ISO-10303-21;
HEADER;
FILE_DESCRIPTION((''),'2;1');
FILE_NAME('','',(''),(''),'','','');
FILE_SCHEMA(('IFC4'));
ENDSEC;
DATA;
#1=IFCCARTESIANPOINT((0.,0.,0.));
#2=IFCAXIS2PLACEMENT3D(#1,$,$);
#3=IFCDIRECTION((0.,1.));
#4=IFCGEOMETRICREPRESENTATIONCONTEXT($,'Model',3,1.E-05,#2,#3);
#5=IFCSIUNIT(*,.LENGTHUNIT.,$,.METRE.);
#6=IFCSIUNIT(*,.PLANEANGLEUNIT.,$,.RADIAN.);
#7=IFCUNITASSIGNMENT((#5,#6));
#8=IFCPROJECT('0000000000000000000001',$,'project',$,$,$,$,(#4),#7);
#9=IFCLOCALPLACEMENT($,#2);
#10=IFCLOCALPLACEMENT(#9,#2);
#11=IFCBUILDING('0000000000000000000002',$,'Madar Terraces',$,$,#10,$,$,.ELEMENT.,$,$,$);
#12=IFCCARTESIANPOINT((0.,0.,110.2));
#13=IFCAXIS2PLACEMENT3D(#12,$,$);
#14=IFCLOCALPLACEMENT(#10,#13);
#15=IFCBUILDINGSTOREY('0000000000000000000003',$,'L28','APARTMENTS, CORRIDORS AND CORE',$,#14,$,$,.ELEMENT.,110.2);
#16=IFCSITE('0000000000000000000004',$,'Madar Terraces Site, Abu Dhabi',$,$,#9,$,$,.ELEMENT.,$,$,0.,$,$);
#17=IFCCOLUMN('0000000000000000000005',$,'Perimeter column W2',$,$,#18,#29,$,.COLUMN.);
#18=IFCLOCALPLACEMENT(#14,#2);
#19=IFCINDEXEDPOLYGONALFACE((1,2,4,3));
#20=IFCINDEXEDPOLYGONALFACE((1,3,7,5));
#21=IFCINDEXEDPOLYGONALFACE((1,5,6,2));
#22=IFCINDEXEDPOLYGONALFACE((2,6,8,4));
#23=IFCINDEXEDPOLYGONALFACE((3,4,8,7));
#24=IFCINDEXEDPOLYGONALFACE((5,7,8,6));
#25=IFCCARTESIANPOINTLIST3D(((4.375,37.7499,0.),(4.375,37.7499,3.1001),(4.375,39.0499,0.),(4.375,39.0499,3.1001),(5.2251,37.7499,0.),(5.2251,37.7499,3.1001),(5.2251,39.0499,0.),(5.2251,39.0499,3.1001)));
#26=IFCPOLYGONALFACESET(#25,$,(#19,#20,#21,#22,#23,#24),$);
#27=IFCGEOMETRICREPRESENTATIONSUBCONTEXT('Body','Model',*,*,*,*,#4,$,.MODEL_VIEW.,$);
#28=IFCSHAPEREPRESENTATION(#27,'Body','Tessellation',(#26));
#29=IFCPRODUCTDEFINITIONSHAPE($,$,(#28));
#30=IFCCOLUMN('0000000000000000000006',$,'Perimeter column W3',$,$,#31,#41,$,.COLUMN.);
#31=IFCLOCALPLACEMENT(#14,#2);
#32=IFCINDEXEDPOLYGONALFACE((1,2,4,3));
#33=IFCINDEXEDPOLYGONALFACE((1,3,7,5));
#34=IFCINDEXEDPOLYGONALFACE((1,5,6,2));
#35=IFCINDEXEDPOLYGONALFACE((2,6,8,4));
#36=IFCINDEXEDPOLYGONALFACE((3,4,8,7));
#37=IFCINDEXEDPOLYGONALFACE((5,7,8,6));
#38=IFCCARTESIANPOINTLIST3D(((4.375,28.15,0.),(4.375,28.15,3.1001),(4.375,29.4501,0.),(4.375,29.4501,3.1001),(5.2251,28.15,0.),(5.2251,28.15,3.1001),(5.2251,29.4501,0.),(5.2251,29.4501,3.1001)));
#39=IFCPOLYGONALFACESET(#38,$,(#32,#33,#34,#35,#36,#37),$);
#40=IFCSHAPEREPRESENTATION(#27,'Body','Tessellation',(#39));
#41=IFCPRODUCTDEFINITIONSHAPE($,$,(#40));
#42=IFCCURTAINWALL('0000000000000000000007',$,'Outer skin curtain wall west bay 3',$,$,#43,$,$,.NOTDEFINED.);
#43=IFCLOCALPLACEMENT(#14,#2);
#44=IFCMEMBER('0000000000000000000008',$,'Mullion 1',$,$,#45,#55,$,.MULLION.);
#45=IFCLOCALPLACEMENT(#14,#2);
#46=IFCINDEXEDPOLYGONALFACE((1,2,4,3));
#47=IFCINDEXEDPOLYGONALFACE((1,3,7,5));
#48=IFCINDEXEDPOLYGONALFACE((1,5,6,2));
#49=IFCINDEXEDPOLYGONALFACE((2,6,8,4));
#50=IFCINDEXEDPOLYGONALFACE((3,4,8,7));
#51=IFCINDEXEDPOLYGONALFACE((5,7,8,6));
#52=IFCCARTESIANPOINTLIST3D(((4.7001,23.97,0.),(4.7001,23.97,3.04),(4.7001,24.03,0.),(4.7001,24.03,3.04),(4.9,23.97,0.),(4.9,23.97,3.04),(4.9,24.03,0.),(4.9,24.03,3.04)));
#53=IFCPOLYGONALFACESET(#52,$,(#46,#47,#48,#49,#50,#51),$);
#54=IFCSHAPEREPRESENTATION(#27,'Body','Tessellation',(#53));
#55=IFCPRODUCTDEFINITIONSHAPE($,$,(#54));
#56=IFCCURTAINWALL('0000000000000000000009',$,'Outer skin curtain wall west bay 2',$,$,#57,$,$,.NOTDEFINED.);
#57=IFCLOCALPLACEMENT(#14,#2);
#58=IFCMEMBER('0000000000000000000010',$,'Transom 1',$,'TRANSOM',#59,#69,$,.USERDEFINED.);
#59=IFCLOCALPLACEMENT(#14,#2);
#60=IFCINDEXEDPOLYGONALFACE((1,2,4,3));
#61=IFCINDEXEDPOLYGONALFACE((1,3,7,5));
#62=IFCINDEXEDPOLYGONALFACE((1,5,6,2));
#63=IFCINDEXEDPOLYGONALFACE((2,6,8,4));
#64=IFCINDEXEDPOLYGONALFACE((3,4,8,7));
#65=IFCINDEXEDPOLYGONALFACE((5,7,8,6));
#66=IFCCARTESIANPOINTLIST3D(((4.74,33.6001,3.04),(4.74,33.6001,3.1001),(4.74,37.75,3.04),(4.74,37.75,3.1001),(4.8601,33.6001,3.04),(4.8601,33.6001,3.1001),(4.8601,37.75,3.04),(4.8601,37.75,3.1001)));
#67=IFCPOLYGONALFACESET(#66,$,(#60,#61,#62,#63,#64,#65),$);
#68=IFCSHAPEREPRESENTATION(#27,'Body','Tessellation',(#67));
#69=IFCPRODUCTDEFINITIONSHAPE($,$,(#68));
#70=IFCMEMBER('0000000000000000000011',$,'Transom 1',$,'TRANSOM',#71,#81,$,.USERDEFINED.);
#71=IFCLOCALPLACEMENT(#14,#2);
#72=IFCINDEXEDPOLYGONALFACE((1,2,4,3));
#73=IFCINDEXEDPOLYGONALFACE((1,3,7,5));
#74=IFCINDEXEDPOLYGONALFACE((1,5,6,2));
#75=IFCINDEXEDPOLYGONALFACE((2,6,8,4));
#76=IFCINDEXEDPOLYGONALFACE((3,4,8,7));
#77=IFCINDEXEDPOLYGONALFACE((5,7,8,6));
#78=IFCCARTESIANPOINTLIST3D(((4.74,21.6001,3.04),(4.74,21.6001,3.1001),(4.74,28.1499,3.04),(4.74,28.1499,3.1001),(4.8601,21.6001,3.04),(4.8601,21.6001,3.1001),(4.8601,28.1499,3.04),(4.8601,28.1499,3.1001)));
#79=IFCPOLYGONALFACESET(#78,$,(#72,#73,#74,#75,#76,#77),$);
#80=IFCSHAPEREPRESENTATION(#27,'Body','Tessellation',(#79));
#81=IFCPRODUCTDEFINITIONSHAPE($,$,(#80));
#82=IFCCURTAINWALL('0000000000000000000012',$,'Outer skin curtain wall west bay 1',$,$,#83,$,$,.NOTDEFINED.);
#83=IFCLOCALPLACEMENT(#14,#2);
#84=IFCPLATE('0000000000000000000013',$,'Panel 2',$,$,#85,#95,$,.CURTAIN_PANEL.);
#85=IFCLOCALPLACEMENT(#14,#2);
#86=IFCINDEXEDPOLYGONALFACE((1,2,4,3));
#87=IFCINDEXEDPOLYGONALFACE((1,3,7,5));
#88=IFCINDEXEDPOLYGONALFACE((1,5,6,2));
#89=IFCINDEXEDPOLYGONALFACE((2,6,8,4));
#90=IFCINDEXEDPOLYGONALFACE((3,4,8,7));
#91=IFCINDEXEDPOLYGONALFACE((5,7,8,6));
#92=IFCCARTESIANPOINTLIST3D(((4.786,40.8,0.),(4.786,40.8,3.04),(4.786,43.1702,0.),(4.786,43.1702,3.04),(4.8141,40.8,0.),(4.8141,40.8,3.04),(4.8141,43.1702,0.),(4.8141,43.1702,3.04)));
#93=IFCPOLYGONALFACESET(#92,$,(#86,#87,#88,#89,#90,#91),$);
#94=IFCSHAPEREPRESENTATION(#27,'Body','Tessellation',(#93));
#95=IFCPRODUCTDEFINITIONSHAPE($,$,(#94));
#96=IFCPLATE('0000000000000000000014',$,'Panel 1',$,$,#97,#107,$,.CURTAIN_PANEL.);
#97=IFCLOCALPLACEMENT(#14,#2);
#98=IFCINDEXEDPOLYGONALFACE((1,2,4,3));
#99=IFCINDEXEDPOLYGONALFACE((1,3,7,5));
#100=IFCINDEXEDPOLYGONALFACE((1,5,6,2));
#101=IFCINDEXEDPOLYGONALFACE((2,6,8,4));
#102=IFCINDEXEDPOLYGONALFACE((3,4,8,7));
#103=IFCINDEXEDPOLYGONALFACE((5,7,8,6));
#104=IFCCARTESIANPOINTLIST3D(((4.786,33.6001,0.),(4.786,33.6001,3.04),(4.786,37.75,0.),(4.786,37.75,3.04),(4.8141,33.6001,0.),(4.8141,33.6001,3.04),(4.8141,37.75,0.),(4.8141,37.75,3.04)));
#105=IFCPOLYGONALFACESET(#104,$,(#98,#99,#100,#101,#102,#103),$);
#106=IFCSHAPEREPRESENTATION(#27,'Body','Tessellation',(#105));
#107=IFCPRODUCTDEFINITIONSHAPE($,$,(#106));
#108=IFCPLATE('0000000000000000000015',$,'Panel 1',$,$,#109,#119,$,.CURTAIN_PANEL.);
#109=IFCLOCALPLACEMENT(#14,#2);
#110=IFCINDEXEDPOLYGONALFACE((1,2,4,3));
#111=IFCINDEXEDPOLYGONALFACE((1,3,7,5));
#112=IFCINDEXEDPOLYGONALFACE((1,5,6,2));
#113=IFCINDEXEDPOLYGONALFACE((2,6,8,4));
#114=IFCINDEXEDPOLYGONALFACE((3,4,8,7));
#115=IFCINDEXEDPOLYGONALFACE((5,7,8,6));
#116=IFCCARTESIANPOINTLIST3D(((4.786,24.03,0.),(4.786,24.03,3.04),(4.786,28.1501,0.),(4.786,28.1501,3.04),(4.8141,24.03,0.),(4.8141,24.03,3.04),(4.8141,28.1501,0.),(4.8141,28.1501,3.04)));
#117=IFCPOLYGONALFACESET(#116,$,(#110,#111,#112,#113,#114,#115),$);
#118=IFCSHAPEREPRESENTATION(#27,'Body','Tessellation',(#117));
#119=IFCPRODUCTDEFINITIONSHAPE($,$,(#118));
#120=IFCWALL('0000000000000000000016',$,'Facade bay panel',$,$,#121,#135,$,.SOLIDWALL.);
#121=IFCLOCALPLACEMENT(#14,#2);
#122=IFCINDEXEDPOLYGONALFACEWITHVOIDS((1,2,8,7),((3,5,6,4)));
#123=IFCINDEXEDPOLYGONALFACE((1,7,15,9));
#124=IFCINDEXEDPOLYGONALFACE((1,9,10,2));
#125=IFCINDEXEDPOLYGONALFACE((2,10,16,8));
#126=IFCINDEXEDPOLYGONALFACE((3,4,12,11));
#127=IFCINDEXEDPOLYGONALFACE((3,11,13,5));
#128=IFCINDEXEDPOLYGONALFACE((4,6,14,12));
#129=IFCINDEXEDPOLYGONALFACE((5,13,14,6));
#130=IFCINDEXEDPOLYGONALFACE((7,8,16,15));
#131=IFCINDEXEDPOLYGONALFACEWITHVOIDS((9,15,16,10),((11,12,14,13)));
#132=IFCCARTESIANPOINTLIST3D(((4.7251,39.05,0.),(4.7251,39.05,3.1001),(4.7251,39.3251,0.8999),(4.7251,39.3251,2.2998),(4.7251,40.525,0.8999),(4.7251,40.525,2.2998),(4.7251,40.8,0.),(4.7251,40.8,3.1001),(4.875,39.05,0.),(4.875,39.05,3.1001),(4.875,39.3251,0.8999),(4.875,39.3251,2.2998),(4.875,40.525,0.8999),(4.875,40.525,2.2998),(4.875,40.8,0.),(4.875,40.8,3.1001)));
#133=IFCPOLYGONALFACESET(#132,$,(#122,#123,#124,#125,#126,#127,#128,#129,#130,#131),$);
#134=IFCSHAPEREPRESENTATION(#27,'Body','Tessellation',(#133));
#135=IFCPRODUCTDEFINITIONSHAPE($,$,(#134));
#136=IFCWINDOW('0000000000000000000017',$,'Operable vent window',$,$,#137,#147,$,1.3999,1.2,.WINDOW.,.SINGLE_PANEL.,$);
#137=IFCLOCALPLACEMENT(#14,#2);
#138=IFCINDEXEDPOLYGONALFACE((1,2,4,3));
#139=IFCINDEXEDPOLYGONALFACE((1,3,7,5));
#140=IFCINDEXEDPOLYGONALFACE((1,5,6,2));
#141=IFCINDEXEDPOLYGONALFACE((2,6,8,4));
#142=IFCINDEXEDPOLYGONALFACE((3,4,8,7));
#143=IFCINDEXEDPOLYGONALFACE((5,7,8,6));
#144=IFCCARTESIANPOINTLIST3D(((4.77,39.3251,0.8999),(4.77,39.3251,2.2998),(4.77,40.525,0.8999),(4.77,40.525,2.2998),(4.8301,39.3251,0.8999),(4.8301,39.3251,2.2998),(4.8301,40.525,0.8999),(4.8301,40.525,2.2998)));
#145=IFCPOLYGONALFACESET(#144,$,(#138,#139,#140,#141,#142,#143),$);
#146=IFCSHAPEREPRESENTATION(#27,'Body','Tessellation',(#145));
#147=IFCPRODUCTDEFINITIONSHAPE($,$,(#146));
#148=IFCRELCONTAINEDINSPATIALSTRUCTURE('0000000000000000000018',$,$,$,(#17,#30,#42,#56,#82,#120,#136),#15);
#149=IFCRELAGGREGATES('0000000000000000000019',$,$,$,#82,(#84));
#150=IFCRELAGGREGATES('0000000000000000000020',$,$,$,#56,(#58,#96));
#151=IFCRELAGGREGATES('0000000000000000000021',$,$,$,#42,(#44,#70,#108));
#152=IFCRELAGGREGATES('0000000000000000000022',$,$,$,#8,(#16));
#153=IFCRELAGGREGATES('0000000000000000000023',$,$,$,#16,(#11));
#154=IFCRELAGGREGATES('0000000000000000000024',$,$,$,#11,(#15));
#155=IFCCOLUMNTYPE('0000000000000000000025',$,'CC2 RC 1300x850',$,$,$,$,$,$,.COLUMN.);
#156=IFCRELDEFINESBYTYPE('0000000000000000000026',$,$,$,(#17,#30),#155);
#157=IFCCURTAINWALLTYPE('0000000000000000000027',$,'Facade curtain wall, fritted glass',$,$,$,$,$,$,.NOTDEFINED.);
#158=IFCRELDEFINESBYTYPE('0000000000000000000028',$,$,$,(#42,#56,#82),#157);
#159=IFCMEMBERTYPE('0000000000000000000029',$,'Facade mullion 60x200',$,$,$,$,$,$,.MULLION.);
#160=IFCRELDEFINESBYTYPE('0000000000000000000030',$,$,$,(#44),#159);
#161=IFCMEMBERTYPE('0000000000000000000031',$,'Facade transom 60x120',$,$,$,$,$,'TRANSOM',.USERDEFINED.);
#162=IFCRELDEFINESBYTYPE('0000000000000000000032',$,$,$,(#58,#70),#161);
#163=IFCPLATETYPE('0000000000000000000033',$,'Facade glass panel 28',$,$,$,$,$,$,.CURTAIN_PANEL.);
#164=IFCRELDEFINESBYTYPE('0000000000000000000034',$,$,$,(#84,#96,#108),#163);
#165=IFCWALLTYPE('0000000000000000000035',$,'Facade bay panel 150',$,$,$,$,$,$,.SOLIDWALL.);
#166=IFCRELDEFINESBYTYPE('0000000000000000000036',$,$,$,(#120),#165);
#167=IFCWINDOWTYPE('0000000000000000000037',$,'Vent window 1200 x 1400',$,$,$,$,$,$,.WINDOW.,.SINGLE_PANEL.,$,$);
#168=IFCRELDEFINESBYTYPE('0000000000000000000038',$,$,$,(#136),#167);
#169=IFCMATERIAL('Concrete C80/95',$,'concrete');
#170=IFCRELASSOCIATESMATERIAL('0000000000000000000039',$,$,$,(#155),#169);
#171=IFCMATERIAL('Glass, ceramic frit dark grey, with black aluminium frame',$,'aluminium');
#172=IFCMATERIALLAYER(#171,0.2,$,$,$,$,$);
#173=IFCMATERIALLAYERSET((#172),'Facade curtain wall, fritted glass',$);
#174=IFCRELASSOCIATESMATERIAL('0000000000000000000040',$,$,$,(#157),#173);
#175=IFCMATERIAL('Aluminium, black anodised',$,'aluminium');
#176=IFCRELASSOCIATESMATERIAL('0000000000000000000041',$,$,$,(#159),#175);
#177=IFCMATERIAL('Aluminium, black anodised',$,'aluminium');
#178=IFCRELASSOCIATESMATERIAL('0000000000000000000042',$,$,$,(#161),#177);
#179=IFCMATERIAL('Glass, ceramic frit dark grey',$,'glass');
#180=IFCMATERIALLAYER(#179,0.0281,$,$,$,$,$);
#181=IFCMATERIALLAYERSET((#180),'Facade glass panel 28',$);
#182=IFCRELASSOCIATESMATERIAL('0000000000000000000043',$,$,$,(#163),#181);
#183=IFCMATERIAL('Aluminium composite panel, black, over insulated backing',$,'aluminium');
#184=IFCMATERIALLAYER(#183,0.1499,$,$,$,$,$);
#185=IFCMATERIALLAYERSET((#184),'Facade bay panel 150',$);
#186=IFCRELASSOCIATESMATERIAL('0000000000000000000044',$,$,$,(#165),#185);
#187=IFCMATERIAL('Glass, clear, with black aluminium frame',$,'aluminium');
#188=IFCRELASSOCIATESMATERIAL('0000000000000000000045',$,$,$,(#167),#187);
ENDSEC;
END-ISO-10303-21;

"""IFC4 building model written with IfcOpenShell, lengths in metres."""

from ifc_helpers import new_model, si_unit, direction, frame, frame_2d, origin, origin_2d, place, context, subcontext, project, spatial, rectangle, extrude, material, layer, layer_set, material_profile, profile_set, type_object, element, fill, aggregate, save


model = new_model("IFC4")

# Units and contexts
model_context = context("Model", 3, precision=1e-05, world=origin(), true_north=direction((0.0, 1.0)))
body_context = subcontext(model_context, "Body", "Model", "MODEL_VIEW")
ifc_project = project(units=[si_unit("LENGTHUNIT", "METRE"), si_unit("PLANEANGLEUNIT", "RADIAN")], contexts=[model_context])

# Site, building, storey
site_placement = place(None, origin())
site = spatial("IfcSite", under=ifc_project, at=site_placement, Name="Madar Terraces Site, Abu Dhabi", CompositionType="ELEMENT", RefElevation=0.0)
building_placement = place(site_placement, origin())
building = spatial("IfcBuilding", under=site, at=building_placement, Name="Madar Terraces", CompositionType="ELEMENT")
storey_placement = place(building_placement, frame((0.0, 0.0, 110.2)))
storey = spatial("IfcBuildingStorey", under=building, at=storey_placement, Name="L28", Description="APARTMENTS, CORRIDORS AND CORE", CompositionType="ELEMENT", Elevation=110.2)

# Columns
ifc_material_1 = material(Name="Concrete C80/95", Category="concrete")
ifc_material_profile_1 = material_profile(ifc_material_1, rectangle(XDim=1.3, YDim=0.8501, at=origin_2d()), Name="CC2 RC 1300x850")
ifc_profile_set_1 = profile_set([ifc_material_profile_1], Name="Concrete C80/95")
column_type = type_object("IfcColumnType", Name="CC2 RC 1300x850", PredefinedType="COLUMN", material=ifc_profile_set_1)
for number, where, z_axis, x_axis, name in (
    (1, (4.8, 38.3999, 0.0), (0.0, 0.0, 1.0), (0.0, 1.0, 0.0), "Perimeter column W2"),
    (2, (4.8, 28.8, 0.0), (0.0, 0.0, 1.0), (0.0, 1.0, 0.0), "Perimeter column W3"),
):
    element("IfcColumn", number, at=place(storey_placement, frame(where, z_axis=z_axis, x_axis=x_axis)), inside=storey, type_object=column_type, Name=name, PredefinedType="COLUMN", context=body_context, shape_type="SweptSolid", body=[
        extrude(rectangle(XDim=1.3, YDim=0.8501, at=origin_2d()), origin(), (0.0, 0.0, 1.0), 3.1001),
    ])

# Curtain walls, members
ifc_material_2 = material(Name="Glass, ceramic frit dark grey, with black aluminium frame", Category="aluminium")
ifc_layer_1 = layer(ifc_material_2, 0.2)
ifc_layer_set_1 = layer_set([ifc_layer_1], Name="Facade curtain wall, fritted glass")
curtain_wall_type = type_object("IfcCurtainWallType", Name="Facade curtain wall, fritted glass", PredefinedType="NOTDEFINED", material=ifc_layer_set_1)
curtain_wall_1_placement = place(storey_placement, origin())
curtain_wall_1 = element("IfcCurtainWall", 3, at=curtain_wall_1_placement, inside=storey, type_object=curtain_wall_type, Name="Outer skin curtain wall west bay 3", PredefinedType="NOTDEFINED")
ifc_material_3 = material(Name="Aluminium, black anodised", Category="aluminium")
ifc_material_profile_2 = material_profile(ifc_material_3, rectangle(XDim=0.2, YDim=0.0601, at=origin_2d()), Name="Facade mullion 60x200")
ifc_profile_set_2 = profile_set([ifc_material_profile_2], Name="Aluminium, black anodised")
member_type_1 = type_object("IfcMemberType", Name="Facade mullion 60x200", PredefinedType="MULLION", material=ifc_profile_set_2)
member_1_placement = place(storey_placement, frame((4.8, 24.0, 0.0), z_axis=(0.0, 0.0, 1.0), x_axis=(1.0, 0.0, 0.0)))
member_1 = element("IfcMember", 4, at=member_1_placement, type_object=member_type_1, Name="Mullion 1", PredefinedType="MULLION", context=body_context, shape_type="SweptSolid", body=[
    extrude(rectangle(XDim=0.2, YDim=0.0601, at=origin_2d()), origin(), (0.0, 0.0, 1.0), 3.04),
])
curtain_wall_2_placement = place(storey_placement, origin())
curtain_wall_2 = element("IfcCurtainWall", 5, at=curtain_wall_2_placement, inside=storey, type_object=curtain_wall_type, Name="Outer skin curtain wall west bay 2", PredefinedType="NOTDEFINED")
ifc_material_4 = material(Name="Aluminium, black anodised", Category="aluminium")
ifc_material_profile_3 = material_profile(ifc_material_4, rectangle(XDim=0.1201, YDim=0.0601, at=origin_2d()), Name="Facade transom 60x120")
ifc_profile_set_3 = profile_set([ifc_material_profile_3], Name="Aluminium, black anodised")
member_type_2 = type_object("IfcMemberType", Name="Facade transom 60x120", ElementType="TRANSOM", PredefinedType="USERDEFINED", material=ifc_profile_set_3)
member_2_placement = place(storey_placement, frame((4.8, 37.75, 3.0701), z_axis=(0.0, -1.0, 0.0), x_axis=(1.0, 0.0, 0.0)))
member_2 = element("IfcMember", 6, at=member_2_placement, type_object=member_type_2, Name="Transom 1", ObjectType="TRANSOM", PredefinedType="USERDEFINED", context=body_context, shape_type="SweptSolid", body=[
    extrude(rectangle(XDim=0.1201, YDim=0.0601, at=origin_2d()), origin(), (0.0, 0.0, 1.0), 4.1499),
])

# Member
member_3_placement = place(storey_placement, frame((4.8, 28.1499, 3.0701), z_axis=(0.0, -1.0, 0.0), x_axis=(1.0, 0.0, 0.0)))
member_3 = element("IfcMember", 7, at=member_3_placement, type_object=member_type_2, Name="Transom 1", ObjectType="TRANSOM", PredefinedType="USERDEFINED", context=body_context, shape_type="SweptSolid", body=[
    extrude(rectangle(XDim=0.1201, YDim=0.0601, at=origin_2d()), origin(), (0.0, 0.0, 1.0), 6.5498),
])

# Curtain wall, plate
curtain_wall_3_placement = place(storey_placement, origin())
curtain_wall_3 = element("IfcCurtainWall", 8, at=curtain_wall_3_placement, inside=storey, type_object=curtain_wall_type, Name="Outer skin curtain wall west bay 1", PredefinedType="NOTDEFINED")
ifc_material_5 = material(Name="Glass, ceramic frit dark grey", Category="glass")
ifc_layer_2 = layer(ifc_material_5, 0.0281)
ifc_layer_set_2 = layer_set([ifc_layer_2], Name="Facade glass panel 28")
plate_type = type_object("IfcPlateType", Name="Facade glass panel 28", PredefinedType="CURTAIN_PANEL", material=ifc_layer_set_2)
plate_1_placement = place(storey_placement, frame((4.8, 41.9851, 0.0), z_axis=(0.0, 0.0, 1.0), x_axis=(0.0, -1.0, 0.0)))
plate_1 = element("IfcPlate", 9, at=plate_1_placement, type_object=plate_type, Name="Panel 2", PredefinedType="CURTAIN_PANEL", context=body_context, shape_type="SweptSolid", body=[
    extrude(rectangle(XDim=2.3701, YDim=0.0281, at=origin_2d()), origin(), (0.0, 0.0, 1.0), 3.04),
])
aggregate(curtain_wall_3, [plate_1])

# Plates
plate_2_placement = place(storey_placement, frame((4.8, 35.675, 0.0), z_axis=(0.0, 0.0, 1.0), x_axis=(0.0, -1.0, 0.0)))
plate_2 = element("IfcPlate", 10, at=plate_2_placement, type_object=plate_type, Name="Panel 1", PredefinedType="CURTAIN_PANEL", context=body_context, shape_type="SweptSolid", body=[
    extrude(rectangle(XDim=4.1499, YDim=0.0281, at=origin_2d()), origin(), (0.0, 0.0, 1.0), 3.04),
])
aggregate(curtain_wall_2, [member_2, plate_2])
plate_3_placement = place(storey_placement, frame((4.8, 26.0901, 0.0), z_axis=(0.0, 0.0, 1.0), x_axis=(0.0, -1.0, 0.0)))
plate_3 = element("IfcPlate", 11, at=plate_3_placement, type_object=plate_type, Name="Panel 1", PredefinedType="CURTAIN_PANEL", context=body_context, shape_type="SweptSolid", body=[
    extrude(rectangle(XDim=4.1201, YDim=0.0281, at=origin_2d()), origin(), (0.0, 0.0, 1.0), 3.04),
])
aggregate(curtain_wall_1, [member_1, member_3, plate_3])

# Wall, opening, window
ifc_material_6 = material(Name="Aluminium composite panel, black, over insulated backing", Category="aluminium")
ifc_layer_3 = layer(ifc_material_6, 0.1499)
ifc_layer_set_3 = layer_set([ifc_layer_3], Name="Facade bay panel 150")
wall_type_1 = type_object("IfcWallType", Name="Facade bay panel 150", PredefinedType="SOLIDWALL", material=ifc_layer_set_3)
wall_1_placement = place(storey_placement, frame((4.8, 40.8, 0.0), z_axis=(0.0, 0.0, 1.0), x_axis=(0.0, -1.0, 0.0)))
wall_1 = element("IfcWall", 12, at=wall_1_placement, inside=storey, type_object=wall_type_1, Name="Facade bay panel", PredefinedType="SOLIDWALL", context=body_context, shape_type="SweptSolid", body=[
    extrude(rectangle(XDim=1.75, YDim=0.1499, at=frame_2d((0.875, 0.0))), origin(), (0.0, 0.0, 1.0), 3.1001),
])
opening_1_placement = place(wall_1_placement, frame((0.2749, 0.0, 0.8999)))
opening_1 = element("IfcOpeningElement", 13, at=opening_1_placement, cuts=wall_1, PredefinedType="OPENING", context=body_context, shape_type="SweptSolid", body=[
    extrude(rectangle(XDim=1.2, YDim=1.3999, at=frame_2d((0.6001, 0.7))), frame((0.0, 0.085, 0.0), z_axis=(0.0, -1.0, 0.0), x_axis=(1.0, 0.0, 0.0)), (0.0, 0.0, 1.0), 0.1699),
])
ifc_material_7 = material(Name="Glass, clear, with black aluminium frame", Category="aluminium")
window_type = type_object("IfcWindowType", Name="Vent window 1200 x 1400", PartitioningType="SINGLE_PANEL", PredefinedType="WINDOW", material=ifc_material_7)
window_1_placement = place(opening_1_placement, origin())
window_1 = element("IfcWindow", 14, at=window_1_placement, inside=storey, type_object=window_type, Name="Operable vent window", OverallHeight=1.3999, OverallWidth=1.2, PartitioningType="SINGLE_PANEL", PredefinedType="WINDOW", context=body_context, shape_type="SweptSolid", body=[
    extrude(rectangle(XDim=1.2, YDim=1.3999, at=frame_2d((0.6001, 0.7))), frame((0.0, 0.03, 0.0), z_axis=(0.0, -1.0, 0.0), x_axis=(1.0, 0.0, 0.0)), (0.0, 0.0, 1.0), 0.0601),
])
fill(opening_1, window_1)

save(model, "model.ifc")
